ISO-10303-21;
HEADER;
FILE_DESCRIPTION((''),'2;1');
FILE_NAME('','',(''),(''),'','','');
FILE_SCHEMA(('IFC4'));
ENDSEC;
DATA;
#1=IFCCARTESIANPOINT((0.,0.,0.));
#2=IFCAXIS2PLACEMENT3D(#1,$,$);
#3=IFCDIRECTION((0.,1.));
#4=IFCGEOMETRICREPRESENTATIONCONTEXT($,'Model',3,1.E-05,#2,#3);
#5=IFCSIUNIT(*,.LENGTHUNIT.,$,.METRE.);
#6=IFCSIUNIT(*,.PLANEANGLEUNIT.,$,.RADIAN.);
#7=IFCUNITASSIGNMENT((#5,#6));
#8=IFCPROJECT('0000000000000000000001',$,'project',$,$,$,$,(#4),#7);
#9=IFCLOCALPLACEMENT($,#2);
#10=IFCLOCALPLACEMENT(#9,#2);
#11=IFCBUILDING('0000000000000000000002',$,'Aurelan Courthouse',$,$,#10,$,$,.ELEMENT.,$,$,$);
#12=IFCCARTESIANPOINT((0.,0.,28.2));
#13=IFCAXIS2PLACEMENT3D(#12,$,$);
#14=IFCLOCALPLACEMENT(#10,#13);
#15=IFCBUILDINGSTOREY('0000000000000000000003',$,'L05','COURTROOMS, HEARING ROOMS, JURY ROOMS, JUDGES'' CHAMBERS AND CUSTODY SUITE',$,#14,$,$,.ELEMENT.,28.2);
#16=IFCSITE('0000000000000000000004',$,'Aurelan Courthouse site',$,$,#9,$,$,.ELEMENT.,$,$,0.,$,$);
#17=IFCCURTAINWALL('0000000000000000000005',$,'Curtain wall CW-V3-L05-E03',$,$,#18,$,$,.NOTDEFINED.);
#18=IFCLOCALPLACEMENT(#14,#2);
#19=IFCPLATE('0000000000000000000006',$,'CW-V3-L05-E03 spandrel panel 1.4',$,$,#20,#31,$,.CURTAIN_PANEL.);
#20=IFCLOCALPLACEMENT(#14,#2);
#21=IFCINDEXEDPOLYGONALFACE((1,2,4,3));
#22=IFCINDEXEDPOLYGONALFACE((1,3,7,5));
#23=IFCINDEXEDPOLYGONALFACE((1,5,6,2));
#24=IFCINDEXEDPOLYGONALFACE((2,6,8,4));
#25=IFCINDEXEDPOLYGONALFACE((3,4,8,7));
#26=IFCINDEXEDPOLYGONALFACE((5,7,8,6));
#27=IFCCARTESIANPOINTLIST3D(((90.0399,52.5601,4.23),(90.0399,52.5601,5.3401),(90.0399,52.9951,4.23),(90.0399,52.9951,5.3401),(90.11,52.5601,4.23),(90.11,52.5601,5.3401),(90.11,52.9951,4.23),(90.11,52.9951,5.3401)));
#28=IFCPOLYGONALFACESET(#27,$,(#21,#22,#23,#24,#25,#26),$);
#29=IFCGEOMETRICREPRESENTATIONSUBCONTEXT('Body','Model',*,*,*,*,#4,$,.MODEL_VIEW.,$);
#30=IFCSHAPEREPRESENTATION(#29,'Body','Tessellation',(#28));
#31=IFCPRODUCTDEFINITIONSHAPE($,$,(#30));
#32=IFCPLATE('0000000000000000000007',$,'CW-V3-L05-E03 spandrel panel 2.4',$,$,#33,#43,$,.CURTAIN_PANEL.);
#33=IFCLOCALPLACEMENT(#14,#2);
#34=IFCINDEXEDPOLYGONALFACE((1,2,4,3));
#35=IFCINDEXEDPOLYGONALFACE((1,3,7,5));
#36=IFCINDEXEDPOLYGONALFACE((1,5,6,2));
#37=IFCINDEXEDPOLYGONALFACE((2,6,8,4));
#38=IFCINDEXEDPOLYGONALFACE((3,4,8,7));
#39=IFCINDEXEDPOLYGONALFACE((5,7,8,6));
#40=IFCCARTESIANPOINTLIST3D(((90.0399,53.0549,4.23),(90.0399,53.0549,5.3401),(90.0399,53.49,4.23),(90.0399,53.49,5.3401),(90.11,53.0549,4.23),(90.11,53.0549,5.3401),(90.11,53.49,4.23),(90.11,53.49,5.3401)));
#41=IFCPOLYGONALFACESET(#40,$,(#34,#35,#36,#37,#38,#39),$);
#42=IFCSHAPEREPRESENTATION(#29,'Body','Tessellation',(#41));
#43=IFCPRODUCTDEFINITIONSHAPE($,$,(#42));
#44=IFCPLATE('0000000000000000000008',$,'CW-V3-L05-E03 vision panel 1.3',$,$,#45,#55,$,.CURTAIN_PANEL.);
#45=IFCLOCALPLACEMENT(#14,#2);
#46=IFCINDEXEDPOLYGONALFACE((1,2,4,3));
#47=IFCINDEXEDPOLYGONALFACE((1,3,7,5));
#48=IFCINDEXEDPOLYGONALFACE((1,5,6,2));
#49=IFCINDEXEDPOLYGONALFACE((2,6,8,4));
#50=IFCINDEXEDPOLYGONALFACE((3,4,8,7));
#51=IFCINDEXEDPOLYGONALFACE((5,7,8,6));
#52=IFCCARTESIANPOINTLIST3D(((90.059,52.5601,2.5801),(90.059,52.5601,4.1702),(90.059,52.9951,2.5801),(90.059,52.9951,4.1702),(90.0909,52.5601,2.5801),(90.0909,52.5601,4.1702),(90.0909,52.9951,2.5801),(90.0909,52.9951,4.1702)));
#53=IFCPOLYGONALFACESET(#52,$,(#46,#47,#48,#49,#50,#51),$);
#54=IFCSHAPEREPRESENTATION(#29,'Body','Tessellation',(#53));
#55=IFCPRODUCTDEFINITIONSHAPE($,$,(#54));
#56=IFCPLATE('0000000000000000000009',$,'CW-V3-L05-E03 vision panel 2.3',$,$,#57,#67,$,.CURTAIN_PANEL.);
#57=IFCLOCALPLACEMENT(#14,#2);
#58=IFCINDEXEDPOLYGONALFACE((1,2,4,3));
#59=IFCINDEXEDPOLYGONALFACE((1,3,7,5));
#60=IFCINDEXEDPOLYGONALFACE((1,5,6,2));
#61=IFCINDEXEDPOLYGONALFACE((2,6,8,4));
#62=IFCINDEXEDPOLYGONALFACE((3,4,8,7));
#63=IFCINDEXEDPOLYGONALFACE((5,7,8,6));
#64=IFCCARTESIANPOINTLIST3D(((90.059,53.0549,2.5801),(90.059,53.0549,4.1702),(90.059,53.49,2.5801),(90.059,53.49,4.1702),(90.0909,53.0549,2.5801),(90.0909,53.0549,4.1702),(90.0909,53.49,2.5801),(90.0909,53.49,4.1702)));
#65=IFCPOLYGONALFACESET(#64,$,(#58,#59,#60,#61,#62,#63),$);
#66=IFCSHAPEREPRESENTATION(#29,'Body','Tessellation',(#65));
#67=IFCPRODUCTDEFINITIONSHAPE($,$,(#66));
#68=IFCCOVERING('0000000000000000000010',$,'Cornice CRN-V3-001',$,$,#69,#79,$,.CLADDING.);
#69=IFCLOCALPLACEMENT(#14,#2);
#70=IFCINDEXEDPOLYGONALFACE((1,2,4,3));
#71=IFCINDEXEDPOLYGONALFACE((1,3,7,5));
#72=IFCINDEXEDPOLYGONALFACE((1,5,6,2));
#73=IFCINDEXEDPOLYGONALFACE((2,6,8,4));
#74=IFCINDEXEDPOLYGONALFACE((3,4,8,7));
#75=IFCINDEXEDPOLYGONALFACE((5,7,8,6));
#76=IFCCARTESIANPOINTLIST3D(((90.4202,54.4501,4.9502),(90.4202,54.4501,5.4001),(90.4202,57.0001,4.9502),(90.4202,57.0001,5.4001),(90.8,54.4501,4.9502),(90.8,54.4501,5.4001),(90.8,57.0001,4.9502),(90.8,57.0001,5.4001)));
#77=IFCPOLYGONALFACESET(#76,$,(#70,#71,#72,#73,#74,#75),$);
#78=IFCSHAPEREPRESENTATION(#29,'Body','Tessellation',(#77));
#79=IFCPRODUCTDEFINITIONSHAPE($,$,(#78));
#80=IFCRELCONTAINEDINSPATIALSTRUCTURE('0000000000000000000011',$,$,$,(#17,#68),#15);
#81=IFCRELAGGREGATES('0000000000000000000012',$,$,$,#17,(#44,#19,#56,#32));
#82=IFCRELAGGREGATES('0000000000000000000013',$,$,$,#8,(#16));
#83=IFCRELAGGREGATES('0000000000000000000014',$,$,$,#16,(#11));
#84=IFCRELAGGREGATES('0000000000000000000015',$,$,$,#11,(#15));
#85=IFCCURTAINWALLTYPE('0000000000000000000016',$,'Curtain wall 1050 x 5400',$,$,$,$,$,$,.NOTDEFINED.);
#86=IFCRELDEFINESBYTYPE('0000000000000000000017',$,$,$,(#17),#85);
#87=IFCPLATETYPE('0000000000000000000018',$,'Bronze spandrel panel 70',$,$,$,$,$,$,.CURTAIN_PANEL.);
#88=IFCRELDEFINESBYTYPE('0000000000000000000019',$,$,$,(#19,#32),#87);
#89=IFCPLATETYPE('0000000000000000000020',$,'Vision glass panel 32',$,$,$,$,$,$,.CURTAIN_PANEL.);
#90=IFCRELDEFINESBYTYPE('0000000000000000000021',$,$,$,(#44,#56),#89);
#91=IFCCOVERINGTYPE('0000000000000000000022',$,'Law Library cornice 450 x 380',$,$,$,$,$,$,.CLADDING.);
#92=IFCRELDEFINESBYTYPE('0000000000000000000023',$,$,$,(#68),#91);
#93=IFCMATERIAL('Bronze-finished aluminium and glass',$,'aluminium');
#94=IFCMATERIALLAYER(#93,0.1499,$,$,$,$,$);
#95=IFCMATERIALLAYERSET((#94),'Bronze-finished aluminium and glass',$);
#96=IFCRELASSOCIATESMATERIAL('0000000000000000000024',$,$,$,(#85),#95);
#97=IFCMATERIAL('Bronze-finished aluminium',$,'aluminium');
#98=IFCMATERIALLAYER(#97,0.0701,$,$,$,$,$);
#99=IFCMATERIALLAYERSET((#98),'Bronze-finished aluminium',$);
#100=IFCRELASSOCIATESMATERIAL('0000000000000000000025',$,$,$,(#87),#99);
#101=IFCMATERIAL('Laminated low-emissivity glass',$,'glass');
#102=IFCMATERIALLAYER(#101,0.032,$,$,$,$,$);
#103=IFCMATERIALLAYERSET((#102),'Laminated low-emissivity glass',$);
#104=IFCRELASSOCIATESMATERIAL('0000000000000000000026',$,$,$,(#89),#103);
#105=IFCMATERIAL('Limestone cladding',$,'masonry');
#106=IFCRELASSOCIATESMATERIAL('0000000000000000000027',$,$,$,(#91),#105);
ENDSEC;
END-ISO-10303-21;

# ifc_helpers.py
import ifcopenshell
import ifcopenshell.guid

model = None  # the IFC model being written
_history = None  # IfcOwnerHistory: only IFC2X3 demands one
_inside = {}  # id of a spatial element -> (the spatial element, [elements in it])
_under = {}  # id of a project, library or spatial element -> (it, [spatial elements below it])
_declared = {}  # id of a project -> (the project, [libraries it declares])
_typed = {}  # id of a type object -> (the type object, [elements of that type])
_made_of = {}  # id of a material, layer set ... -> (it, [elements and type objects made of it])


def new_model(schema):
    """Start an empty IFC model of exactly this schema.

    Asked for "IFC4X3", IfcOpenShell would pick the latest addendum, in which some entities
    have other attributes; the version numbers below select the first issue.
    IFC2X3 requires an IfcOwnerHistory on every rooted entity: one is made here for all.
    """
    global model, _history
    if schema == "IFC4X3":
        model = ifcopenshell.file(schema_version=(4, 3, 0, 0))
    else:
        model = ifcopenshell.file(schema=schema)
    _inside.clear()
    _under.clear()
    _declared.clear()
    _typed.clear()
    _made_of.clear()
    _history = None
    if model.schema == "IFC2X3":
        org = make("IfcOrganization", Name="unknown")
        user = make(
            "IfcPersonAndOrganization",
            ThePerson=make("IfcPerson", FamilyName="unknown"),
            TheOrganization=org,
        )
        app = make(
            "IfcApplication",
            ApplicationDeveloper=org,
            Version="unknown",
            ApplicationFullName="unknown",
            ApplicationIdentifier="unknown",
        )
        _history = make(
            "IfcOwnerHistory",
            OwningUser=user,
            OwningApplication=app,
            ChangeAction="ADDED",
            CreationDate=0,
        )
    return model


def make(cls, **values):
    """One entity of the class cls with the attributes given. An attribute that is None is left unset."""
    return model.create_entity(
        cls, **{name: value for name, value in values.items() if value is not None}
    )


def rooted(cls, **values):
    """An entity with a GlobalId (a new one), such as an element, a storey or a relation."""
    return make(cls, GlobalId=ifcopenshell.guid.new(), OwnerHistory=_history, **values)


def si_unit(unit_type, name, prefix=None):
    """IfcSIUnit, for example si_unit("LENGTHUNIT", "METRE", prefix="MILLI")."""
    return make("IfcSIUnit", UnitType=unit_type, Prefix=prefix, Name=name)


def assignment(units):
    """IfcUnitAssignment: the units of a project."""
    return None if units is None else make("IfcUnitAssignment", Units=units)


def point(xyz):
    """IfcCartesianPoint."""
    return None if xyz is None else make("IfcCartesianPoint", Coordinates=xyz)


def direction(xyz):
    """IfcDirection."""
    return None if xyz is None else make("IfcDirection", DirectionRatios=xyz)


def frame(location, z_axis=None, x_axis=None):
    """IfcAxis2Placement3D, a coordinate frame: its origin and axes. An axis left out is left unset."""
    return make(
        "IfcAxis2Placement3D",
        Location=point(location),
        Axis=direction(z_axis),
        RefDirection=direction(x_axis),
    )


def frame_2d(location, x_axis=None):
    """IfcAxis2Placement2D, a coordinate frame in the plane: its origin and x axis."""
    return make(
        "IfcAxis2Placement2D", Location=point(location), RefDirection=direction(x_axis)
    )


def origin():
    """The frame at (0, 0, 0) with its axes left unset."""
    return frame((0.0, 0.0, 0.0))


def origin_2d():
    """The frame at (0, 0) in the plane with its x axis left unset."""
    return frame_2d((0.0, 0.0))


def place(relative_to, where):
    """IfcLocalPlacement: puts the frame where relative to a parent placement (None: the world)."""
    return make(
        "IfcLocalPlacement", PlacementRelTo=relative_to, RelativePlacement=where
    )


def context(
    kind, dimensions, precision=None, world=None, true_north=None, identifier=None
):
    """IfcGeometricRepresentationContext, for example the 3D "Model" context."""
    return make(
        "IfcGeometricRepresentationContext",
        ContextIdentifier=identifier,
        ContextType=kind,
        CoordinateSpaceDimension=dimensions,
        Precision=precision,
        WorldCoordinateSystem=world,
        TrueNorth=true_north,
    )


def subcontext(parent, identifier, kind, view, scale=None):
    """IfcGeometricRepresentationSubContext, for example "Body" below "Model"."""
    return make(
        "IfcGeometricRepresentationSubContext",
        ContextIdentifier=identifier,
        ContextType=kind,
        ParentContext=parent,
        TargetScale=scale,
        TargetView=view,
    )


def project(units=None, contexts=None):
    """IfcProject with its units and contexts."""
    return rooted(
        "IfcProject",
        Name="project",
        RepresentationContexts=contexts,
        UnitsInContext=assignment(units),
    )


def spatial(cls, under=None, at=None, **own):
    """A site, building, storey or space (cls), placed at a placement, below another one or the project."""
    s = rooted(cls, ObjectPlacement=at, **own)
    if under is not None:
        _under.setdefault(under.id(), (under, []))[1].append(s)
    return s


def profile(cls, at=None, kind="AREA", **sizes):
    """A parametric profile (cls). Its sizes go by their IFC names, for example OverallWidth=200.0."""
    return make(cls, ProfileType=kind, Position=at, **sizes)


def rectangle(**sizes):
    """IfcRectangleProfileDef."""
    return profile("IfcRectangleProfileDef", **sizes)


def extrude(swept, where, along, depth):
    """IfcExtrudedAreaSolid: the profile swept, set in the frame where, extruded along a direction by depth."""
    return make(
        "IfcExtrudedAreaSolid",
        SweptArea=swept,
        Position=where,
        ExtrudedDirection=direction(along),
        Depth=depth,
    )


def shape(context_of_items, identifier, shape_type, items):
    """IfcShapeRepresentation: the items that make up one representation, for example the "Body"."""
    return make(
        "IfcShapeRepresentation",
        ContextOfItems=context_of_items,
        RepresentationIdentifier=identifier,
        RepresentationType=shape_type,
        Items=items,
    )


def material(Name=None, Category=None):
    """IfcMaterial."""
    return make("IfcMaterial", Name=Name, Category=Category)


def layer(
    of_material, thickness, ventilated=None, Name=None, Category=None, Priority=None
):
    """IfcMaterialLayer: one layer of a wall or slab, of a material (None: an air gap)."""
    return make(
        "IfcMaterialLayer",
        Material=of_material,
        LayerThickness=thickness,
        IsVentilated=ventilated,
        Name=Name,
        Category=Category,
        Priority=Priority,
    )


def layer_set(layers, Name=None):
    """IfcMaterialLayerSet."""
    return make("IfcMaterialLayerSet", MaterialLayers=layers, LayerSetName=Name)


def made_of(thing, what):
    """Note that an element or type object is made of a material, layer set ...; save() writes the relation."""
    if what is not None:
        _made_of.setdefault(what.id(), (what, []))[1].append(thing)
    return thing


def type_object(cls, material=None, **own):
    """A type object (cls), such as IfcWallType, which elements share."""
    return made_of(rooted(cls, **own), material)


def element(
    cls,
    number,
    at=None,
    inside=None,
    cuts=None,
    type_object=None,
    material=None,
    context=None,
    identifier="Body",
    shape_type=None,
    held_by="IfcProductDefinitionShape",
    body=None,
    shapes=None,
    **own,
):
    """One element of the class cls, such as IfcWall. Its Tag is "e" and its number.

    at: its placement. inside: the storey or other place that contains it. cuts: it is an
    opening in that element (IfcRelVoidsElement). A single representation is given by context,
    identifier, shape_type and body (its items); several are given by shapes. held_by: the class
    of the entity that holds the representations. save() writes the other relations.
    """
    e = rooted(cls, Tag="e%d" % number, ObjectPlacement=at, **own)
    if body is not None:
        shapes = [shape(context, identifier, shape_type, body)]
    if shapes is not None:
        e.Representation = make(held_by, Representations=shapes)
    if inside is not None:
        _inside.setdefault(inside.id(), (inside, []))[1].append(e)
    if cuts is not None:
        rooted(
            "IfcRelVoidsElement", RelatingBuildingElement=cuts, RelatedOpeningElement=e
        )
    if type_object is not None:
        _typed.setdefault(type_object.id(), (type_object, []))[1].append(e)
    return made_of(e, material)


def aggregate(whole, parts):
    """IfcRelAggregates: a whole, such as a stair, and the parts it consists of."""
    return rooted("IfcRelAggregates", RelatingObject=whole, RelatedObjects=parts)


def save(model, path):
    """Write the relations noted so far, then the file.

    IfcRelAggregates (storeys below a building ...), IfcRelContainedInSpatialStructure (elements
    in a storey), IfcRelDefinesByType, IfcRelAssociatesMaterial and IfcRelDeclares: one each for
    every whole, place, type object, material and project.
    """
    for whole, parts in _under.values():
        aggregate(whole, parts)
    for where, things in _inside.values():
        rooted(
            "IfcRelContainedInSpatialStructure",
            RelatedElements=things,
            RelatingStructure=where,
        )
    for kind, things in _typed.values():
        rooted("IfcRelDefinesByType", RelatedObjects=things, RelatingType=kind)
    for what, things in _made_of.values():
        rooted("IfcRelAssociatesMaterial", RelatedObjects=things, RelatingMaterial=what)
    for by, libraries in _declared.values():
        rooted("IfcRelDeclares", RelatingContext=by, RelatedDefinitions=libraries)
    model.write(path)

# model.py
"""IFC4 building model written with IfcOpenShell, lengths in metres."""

from ifc_helpers import new_model, si_unit, direction, frame, origin, origin_2d, place, context, subcontext, project, spatial, rectangle, extrude, material, layer, layer_set, type_object, element, aggregate, save


model = new_model("IFC4")

# Units and contexts
model_context = context("Model", 3, precision=1e-05, world=origin(), true_north=direction((0.0, 1.0)))
body_context = subcontext(model_context, "Body", "Model", "MODEL_VIEW")
ifc_project = project(units=[si_unit("LENGTHUNIT", "METRE"), si_unit("PLANEANGLEUNIT", "RADIAN")], contexts=[model_context])

# Site, building, storey
site_placement = place(None, origin())
site = spatial("IfcSite", under=ifc_project, at=site_placement, Name="Aurelan Courthouse site", CompositionType="ELEMENT", RefElevation=0.0)
building_placement = place(site_placement, origin())
building = spatial("IfcBuilding", under=site, at=building_placement, Name="Aurelan Courthouse", CompositionType="ELEMENT")
storey_placement = place(building_placement, frame((0.0, 0.0, 28.2)))
storey = spatial("IfcBuildingStorey", under=building, at=storey_placement, Name="L05", Description="COURTROOMS, HEARING ROOMS, JURY ROOMS, JUDGES' CHAMBERS AND CUSTODY SUITE", CompositionType="ELEMENT", Elevation=28.2)

# Curtain wall
ifc_material_1 = material(Name="Bronze-finished aluminium and glass", Category="aluminium")
ifc_layer_1 = layer(ifc_material_1, 0.1499)
ifc_layer_set_1 = layer_set([ifc_layer_1], Name="Bronze-finished aluminium and glass")
curtain_wall_type = type_object("IfcCurtainWallType", Name="Curtain wall 1050 x 5400", PredefinedType="NOTDEFINED", material=ifc_layer_set_1)
curtain_wall_placement = place(storey_placement, origin())
curtain_wall = element("IfcCurtainWall", 1, at=curtain_wall_placement, inside=storey, type_object=curtain_wall_type, Name="Curtain wall CW-V3-L05-E03", PredefinedType="NOTDEFINED")
ifc_material_2 = material(Name="Bronze-finished aluminium", Category="aluminium")

# Plates
ifc_layer_2 = layer(ifc_material_2, 0.0701)
ifc_layer_set_2 = layer_set([ifc_layer_2], Name="Bronze-finished aluminium")
plate_type_1 = type_object("IfcPlateType", Name="Bronze spandrel panel 70", PredefinedType="CURTAIN_PANEL", material=ifc_layer_set_2)
plate_1_placement = place(storey_placement, frame((90.075, 52.7776, 4.23), z_axis=(0.0, 0.0, 1.0), x_axis=(0.0, 1.0, 0.0)))
plate_1 = element("IfcPlate", 2, at=plate_1_placement, type_object=plate_type_1, Name="CW-V3-L05-E03 spandrel panel 1.4", PredefinedType="CURTAIN_PANEL", context=body_context, shape_type="SweptSolid", body=[
    extrude(rectangle(XDim=0.4351, YDim=0.0701, at=origin_2d()), origin(), (0.0, 0.0, 1.0), 1.1101),
])
plate_2_placement = place(storey_placement, frame((90.075, 53.2725, 4.23), z_axis=(0.0, 0.0, 1.0), x_axis=(0.0, 1.0, 0.0)))
plate_2 = element("IfcPlate", 3, at=plate_2_placement, type_object=plate_type_1, Name="CW-V3-L05-E03 spandrel panel 2.4", PredefinedType="CURTAIN_PANEL", context=body_context, shape_type="SweptSolid", body=[
    extrude(rectangle(XDim=0.4351, YDim=0.0701, at=origin_2d()), origin(), (0.0, 0.0, 1.0), 1.1101),
])
ifc_material_3 = material(Name="Laminated low-emissivity glass", Category="glass")
ifc_layer_3 = layer(ifc_material_3, 0.032)
ifc_layer_set_3 = layer_set([ifc_layer_3], Name="Laminated low-emissivity glass")
plate_type_2 = type_object("IfcPlateType", Name="Vision glass panel 32", PredefinedType="CURTAIN_PANEL", material=ifc_layer_set_3)
plate_3_placement = place(storey_placement, frame((90.075, 52.7776, 2.5801), z_axis=(0.0, 0.0, 1.0), x_axis=(0.0, 1.0, 0.0)))
plate_3 = element("IfcPlate", 4, at=plate_3_placement, type_object=plate_type_2, Name="CW-V3-L05-E03 vision panel 1.3", PredefinedType="CURTAIN_PANEL", context=body_context, shape_type="SweptSolid", body=[
    extrude(rectangle(XDim=0.4351, YDim=0.032, at=origin_2d()), origin(), (0.0, 0.0, 1.0), 1.5901),
])
plate_4_placement = place(storey_placement, frame((90.075, 53.2725, 2.5801), z_axis=(0.0, 0.0, 1.0), x_axis=(0.0, 1.0, 0.0)))
plate_4 = element("IfcPlate", 5, at=plate_4_placement, type_object=plate_type_2, Name="CW-V3-L05-E03 vision panel 2.3", PredefinedType="CURTAIN_PANEL", context=body_context, shape_type="SweptSolid", body=[
    extrude(rectangle(XDim=0.4351, YDim=0.032, at=origin_2d()), origin(), (0.0, 0.0, 1.0), 1.5901),
])
aggregate(curtain_wall, [plate_3, plate_1, plate_4, plate_2])

# Covering
ifc_material_4 = material(Name="Limestone cladding", Category="masonry")
covering_type = type_object("IfcCoveringType", Name="Law Library cornice 450 x 380", PredefinedType="CLADDING", material=ifc_material_4)
covering_placement = place(storey_placement, frame((90.6101, 55.7251, 4.9502), z_axis=(0.0, 0.0, 1.0), x_axis=(1.0, 0.0, 0.0)))
element("IfcCovering", 6, at=covering_placement, inside=storey, type_object=covering_type, Name="Cornice CRN-V3-001", PredefinedType="CLADDING", context=body_context, shape_type="SweptSolid", body=[
    extrude(rectangle(XDim=0.3799, YDim=2.55, at=origin_2d()), origin(), (0.0, 0.0, 1.0), 0.45),
])

save(model, "model.ifc")
